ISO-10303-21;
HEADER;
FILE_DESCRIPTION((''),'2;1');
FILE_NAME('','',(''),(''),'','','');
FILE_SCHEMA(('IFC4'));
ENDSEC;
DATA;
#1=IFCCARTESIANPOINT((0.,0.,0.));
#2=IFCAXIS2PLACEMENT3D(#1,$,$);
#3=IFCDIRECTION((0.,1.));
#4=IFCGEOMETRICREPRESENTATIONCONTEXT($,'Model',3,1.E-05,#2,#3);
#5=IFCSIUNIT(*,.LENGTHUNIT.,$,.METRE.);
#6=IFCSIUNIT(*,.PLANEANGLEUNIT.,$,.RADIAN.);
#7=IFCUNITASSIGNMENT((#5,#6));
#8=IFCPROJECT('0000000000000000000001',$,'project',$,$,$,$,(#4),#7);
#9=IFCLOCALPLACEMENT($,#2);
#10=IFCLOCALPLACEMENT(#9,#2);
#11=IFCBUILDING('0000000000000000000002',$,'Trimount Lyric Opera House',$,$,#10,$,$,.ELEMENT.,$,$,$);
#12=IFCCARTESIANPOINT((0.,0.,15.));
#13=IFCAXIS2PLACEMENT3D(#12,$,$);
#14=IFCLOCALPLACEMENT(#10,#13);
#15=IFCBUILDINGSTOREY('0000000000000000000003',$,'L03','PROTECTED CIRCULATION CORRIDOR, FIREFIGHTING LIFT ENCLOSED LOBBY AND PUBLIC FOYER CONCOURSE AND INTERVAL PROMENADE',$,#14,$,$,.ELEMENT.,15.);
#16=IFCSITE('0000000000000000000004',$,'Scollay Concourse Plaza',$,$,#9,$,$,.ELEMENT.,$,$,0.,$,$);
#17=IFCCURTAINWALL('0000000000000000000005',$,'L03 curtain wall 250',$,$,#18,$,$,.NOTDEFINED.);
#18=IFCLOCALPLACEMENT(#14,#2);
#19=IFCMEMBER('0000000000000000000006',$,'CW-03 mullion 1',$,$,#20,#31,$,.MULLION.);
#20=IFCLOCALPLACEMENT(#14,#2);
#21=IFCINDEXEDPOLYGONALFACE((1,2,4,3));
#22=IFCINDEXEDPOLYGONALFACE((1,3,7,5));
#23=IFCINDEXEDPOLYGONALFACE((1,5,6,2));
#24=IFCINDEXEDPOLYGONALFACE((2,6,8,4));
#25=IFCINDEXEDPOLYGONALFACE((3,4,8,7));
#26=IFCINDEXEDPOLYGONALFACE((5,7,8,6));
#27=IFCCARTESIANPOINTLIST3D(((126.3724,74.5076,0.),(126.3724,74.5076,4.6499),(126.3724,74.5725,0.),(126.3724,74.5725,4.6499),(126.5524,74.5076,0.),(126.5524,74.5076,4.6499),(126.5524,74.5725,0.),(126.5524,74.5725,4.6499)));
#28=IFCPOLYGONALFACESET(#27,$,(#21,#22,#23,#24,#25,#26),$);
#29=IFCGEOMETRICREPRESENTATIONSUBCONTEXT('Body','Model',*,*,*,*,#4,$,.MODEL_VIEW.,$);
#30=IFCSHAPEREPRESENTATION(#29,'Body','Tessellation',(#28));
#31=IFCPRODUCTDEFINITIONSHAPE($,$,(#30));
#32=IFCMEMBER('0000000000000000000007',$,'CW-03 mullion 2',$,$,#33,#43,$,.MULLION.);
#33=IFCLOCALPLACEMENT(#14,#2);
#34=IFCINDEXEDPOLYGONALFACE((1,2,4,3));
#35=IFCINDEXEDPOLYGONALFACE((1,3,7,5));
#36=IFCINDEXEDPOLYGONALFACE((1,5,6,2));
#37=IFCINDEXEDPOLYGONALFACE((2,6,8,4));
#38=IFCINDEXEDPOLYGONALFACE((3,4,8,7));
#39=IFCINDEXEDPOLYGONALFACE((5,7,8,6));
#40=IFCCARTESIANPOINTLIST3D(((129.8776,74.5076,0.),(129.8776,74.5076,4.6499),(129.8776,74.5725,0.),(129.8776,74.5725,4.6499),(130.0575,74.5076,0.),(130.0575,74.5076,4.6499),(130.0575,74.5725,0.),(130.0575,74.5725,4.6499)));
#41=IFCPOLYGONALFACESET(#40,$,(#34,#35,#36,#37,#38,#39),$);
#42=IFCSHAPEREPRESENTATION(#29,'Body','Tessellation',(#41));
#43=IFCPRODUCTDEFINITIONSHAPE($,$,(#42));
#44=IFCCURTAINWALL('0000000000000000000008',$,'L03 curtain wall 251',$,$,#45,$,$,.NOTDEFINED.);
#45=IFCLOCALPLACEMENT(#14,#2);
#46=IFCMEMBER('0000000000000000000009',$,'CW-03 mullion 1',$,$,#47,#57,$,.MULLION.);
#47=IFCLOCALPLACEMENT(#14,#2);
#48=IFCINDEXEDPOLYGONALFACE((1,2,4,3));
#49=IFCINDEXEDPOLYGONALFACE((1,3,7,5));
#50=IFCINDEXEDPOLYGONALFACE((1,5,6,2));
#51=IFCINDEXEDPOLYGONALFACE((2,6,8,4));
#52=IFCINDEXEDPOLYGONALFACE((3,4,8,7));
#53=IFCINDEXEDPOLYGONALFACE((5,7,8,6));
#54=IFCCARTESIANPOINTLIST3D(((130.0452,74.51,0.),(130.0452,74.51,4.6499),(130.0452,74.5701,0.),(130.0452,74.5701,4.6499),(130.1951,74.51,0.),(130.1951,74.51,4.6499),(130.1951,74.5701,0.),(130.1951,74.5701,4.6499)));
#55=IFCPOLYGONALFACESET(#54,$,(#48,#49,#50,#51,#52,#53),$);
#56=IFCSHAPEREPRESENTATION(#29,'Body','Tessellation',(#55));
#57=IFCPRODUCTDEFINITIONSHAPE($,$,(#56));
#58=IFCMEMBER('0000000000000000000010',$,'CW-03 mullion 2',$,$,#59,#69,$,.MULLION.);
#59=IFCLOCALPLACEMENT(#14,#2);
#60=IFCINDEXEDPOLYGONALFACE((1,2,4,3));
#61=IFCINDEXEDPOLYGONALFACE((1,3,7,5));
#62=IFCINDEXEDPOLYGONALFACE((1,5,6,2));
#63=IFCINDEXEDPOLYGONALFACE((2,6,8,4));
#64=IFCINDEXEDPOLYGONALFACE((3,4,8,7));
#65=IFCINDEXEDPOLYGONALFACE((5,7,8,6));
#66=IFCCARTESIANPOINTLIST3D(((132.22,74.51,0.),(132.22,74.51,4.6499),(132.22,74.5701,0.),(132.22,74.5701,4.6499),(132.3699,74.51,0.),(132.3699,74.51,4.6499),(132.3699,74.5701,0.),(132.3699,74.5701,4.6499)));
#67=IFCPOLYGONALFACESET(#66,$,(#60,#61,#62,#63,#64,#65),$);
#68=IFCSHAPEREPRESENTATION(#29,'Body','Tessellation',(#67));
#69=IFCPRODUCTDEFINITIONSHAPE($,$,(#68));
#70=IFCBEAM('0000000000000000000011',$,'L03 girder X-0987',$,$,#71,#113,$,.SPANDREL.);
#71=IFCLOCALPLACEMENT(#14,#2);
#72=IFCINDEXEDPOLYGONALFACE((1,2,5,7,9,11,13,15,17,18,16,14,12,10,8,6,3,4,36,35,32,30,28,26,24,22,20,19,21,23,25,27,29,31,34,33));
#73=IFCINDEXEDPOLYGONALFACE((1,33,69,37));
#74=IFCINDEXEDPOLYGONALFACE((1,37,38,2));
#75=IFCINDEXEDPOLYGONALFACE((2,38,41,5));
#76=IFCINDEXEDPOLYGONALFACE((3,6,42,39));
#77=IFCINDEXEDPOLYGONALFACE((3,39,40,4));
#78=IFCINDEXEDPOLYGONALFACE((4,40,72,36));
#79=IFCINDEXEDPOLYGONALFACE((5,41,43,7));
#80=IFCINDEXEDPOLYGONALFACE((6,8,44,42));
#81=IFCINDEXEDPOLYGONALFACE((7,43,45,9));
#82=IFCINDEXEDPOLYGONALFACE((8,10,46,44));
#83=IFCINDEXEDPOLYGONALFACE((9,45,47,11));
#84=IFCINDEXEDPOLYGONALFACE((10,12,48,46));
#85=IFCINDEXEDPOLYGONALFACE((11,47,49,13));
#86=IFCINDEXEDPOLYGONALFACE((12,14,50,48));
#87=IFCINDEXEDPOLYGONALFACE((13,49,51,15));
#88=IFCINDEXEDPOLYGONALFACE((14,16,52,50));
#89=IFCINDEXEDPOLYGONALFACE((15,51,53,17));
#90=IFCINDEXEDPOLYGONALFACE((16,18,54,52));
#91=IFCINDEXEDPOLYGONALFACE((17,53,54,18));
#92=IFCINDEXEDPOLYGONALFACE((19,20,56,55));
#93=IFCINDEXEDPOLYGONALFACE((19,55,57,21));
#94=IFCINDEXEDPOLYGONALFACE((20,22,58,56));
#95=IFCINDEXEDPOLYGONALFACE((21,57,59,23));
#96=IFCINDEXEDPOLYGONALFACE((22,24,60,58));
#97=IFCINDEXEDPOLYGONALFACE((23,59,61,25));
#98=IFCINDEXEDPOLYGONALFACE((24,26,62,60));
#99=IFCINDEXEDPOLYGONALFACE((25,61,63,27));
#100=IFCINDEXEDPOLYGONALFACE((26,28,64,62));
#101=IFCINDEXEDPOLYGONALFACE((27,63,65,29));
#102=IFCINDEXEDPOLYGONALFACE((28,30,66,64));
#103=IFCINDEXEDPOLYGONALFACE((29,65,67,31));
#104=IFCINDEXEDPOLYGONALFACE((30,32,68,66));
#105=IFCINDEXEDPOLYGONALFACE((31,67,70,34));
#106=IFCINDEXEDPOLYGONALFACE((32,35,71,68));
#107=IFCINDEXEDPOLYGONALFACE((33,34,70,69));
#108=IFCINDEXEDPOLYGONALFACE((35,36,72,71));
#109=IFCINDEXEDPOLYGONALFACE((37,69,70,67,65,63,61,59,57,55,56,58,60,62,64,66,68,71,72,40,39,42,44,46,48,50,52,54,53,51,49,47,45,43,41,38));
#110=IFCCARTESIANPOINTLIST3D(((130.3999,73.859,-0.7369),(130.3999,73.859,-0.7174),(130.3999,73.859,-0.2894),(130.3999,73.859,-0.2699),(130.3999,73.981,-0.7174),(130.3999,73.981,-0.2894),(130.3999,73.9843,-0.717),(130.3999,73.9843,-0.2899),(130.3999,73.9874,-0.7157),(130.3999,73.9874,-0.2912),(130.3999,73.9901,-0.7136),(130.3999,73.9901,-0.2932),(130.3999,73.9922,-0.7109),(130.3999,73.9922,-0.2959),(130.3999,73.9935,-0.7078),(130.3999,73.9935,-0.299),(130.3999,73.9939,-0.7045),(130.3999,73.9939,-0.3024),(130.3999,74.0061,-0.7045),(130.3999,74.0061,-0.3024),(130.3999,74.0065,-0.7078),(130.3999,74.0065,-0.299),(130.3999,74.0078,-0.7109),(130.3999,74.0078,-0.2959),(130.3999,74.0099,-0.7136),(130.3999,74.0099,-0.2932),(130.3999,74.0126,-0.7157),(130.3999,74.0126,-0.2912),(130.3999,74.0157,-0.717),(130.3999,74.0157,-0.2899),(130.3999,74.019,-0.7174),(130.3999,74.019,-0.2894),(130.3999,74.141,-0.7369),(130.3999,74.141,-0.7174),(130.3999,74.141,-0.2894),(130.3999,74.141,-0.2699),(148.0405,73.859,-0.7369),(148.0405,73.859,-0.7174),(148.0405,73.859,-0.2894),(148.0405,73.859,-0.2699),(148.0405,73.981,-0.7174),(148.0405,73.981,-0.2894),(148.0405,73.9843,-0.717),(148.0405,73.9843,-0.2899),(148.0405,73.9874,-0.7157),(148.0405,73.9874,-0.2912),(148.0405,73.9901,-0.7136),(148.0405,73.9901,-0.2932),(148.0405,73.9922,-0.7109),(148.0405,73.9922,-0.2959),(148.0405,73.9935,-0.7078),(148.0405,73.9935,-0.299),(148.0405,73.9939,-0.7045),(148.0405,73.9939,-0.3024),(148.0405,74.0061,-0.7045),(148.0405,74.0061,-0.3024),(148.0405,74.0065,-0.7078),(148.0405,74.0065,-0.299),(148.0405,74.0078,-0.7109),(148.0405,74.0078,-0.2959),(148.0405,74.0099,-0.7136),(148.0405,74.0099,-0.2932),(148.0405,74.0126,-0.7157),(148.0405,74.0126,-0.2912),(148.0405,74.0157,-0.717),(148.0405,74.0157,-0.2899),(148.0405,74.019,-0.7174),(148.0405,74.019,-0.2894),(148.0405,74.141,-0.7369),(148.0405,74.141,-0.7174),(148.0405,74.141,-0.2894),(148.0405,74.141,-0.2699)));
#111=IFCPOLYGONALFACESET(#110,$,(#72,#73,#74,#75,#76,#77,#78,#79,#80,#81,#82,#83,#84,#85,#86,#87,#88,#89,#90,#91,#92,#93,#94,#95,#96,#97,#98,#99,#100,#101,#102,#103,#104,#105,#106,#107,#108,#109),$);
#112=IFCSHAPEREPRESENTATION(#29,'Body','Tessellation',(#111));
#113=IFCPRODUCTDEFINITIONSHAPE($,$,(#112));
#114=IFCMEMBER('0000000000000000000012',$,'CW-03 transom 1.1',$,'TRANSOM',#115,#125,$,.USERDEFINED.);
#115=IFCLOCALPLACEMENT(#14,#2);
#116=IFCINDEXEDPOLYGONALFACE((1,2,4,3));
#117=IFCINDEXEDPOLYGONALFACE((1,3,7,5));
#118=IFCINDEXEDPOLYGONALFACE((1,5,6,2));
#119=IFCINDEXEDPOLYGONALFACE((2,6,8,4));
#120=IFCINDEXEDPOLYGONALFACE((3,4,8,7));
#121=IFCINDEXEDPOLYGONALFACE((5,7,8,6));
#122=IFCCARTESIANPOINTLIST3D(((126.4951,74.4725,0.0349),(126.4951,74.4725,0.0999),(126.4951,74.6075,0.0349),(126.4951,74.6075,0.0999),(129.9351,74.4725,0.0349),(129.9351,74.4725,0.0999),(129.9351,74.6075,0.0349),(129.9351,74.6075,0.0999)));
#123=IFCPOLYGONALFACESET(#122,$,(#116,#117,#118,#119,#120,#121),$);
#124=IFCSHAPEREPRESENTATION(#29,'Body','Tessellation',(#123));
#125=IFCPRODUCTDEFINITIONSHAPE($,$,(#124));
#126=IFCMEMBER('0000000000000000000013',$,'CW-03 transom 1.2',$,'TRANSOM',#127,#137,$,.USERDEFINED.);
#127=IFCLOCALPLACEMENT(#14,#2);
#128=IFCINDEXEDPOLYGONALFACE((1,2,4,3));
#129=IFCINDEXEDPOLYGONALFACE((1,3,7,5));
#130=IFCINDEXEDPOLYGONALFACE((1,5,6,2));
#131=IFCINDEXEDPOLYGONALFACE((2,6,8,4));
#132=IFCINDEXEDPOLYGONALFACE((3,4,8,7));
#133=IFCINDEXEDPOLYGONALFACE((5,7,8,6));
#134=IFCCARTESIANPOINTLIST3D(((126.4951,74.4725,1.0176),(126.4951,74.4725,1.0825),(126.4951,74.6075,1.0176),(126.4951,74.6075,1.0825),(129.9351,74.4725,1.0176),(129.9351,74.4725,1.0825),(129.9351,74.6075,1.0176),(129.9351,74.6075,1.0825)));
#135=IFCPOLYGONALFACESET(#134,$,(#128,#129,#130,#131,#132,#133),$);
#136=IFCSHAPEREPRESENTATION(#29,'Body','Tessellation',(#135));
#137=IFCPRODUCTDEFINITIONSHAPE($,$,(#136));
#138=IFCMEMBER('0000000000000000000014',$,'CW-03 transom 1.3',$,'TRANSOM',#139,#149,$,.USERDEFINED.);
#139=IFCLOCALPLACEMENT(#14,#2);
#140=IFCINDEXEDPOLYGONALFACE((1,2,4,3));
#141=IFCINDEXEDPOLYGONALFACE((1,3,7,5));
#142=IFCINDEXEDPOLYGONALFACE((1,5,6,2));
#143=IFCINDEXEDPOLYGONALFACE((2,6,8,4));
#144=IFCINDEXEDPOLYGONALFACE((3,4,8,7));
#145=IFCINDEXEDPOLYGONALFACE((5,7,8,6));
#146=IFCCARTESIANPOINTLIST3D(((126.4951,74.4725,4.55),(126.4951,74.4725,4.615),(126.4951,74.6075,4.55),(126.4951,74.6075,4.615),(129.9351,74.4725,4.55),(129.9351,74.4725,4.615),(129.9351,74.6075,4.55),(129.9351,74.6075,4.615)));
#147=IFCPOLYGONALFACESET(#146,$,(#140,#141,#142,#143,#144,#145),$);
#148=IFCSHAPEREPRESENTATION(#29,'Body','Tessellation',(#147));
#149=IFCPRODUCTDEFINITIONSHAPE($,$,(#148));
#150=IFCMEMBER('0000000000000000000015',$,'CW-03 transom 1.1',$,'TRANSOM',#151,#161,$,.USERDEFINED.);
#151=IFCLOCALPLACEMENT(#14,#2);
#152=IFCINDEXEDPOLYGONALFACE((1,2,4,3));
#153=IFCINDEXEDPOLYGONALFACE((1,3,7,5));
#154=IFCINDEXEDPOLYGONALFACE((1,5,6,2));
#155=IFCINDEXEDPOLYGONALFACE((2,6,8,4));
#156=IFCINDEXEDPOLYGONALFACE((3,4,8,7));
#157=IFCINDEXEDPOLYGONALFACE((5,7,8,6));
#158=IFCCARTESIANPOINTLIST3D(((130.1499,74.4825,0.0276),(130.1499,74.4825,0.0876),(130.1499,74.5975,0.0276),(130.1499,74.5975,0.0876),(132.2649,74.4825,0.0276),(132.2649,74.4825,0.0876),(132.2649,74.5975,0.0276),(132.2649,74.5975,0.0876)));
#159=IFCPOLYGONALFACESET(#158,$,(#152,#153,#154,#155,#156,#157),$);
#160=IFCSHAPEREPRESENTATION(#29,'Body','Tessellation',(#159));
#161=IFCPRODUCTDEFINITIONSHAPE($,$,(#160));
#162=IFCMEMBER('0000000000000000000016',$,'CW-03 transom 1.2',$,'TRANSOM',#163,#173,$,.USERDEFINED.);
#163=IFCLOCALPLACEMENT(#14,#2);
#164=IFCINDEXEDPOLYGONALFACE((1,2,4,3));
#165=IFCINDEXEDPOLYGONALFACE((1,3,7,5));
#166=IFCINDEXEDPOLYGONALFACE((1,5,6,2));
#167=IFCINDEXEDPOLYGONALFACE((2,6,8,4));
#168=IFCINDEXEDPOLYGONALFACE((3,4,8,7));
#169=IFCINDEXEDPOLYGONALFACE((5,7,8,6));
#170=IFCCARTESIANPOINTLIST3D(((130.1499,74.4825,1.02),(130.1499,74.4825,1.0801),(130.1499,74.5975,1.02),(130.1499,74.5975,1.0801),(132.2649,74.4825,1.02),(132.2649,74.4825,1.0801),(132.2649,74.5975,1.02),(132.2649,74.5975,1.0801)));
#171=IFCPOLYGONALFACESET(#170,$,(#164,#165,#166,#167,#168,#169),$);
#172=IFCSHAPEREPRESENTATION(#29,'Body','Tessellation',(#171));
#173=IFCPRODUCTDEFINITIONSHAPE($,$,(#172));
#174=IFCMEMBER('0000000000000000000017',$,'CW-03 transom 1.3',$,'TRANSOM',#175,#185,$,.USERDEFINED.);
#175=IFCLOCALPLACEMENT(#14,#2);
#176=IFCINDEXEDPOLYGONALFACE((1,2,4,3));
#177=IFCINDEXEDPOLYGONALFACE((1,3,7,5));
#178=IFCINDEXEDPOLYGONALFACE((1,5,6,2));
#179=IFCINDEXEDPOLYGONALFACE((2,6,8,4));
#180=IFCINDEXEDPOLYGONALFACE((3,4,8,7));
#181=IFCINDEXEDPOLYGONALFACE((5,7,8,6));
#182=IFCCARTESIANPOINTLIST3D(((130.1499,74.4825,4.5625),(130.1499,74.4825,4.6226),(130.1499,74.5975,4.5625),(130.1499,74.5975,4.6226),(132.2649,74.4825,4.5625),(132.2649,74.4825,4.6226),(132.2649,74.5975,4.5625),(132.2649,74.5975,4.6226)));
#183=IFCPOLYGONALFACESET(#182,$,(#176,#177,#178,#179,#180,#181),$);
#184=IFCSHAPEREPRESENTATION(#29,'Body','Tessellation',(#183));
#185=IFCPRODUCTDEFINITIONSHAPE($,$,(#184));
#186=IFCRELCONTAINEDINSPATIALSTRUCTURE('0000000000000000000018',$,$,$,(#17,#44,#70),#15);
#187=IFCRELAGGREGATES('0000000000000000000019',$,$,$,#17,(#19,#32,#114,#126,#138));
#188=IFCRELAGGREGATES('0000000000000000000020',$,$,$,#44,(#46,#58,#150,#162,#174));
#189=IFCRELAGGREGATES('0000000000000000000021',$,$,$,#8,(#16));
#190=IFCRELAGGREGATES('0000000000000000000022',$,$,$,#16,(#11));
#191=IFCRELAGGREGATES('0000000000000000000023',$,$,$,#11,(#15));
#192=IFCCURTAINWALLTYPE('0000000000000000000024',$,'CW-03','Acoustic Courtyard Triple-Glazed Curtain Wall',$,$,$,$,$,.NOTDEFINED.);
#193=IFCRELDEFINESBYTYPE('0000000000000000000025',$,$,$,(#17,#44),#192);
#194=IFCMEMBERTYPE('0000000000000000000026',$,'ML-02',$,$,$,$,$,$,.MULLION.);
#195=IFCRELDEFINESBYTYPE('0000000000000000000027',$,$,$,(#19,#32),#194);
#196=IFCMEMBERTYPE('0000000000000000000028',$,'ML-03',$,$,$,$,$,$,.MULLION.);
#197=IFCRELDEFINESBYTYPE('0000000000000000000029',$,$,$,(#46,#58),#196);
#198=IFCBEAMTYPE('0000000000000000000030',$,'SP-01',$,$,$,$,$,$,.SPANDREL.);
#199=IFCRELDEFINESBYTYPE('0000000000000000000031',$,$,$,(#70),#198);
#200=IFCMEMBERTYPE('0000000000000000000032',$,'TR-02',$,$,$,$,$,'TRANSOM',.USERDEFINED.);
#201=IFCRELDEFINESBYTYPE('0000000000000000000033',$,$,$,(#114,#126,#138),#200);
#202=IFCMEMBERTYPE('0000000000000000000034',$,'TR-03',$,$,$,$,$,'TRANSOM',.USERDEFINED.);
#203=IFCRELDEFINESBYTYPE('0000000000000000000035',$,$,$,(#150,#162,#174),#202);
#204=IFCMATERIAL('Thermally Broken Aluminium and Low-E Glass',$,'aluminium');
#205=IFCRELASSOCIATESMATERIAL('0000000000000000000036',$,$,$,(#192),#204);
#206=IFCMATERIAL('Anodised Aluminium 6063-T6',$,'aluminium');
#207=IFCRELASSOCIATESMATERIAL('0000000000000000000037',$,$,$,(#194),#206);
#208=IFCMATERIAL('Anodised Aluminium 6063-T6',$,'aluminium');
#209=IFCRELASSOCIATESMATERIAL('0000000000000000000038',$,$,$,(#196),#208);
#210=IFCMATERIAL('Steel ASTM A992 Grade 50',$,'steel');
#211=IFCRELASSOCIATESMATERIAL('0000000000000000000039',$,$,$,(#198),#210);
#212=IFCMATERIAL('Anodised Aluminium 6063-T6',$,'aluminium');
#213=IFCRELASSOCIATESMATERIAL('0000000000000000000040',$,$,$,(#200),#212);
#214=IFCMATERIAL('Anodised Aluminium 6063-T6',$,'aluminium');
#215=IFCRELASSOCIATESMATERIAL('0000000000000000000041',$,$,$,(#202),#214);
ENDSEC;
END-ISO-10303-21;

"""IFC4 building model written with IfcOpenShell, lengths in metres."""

from ifc_helpers import new_model, si_unit, direction, frame, origin, origin_2d, place, context, subcontext, project, spatial, rectangle, i_section, extrude, material, material_profile, profile_set, type_object, element, aggregate, save


model = new_model("IFC4")

# Units and contexts
model_context = context("Model", 3, precision=1e-05, world=origin(), true_north=direction((0.0, 1.0)))
body_context = subcontext(model_context, "Body", "Model", "MODEL_VIEW")
ifc_project = project(units=[si_unit("LENGTHUNIT", "METRE"), si_unit("PLANEANGLEUNIT", "RADIAN")], contexts=[model_context])

# Site, building, storey
site_placement = place(None, origin())
site = spatial("IfcSite", under=ifc_project, at=site_placement, Name="Scollay Concourse Plaza", CompositionType="ELEMENT", RefElevation=0.0)
building_placement = place(site_placement, origin())
building = spatial("IfcBuilding", under=site, at=building_placement, Name="Trimount Lyric Opera House", CompositionType="ELEMENT")
storey_placement = place(building_placement, frame((0.0, 0.0, 15.0)))
storey = spatial("IfcBuildingStorey", under=building, at=storey_placement, Name="L03", Description="PROTECTED CIRCULATION CORRIDOR, FIREFIGHTING LIFT ENCLOSED LOBBY AND PUBLIC FOYER CONCOURSE AND INTERVAL PROMENADE", CompositionType="ELEMENT", Elevation=15.0)

# Shared definitions
ifc_material_1 = material(Name="Thermally Broken Aluminium and Low-E Glass", Category="aluminium")
curtain_wall_type = type_object("IfcCurtainWallType", Name="CW-03", Description="Acoustic Courtyard Triple-Glazed Curtain Wall", PredefinedType="NOTDEFINED", material=ifc_material_1)

# Curtain walls, members
curtain_wall_1_placement = place(storey_placement, origin())
curtain_wall_1 = element("IfcCurtainWall", 1, at=curtain_wall_1_placement, inside=storey, type_object=curtain_wall_type, Name="L03 curtain wall 250", PredefinedType="NOTDEFINED")
ifc_material_2 = material(Name="Anodised Aluminium 6063-T6", Category="aluminium")
ifc_material_profile_1 = material_profile(ifc_material_2, rectangle(XDim=0.0649, YDim=0.1799, at=origin_2d()), Name="ALU-MULL-65X180")
ifc_profile_set_1 = profile_set([ifc_material_profile_1], Name="Anodised Aluminium 6063-T6")
member_type_1 = type_object("IfcMemberType", Name="ML-02", PredefinedType="MULLION", material=ifc_profile_set_1)
member_1_placement = place(storey_placement, frame((126.4624, 74.54, 0.0), z_axis=(0.0, 0.0, 1.0), x_axis=(0.0, 1.0, 0.0)))
member_1 = element("IfcMember", 2, at=member_1_placement, type_object=member_type_1, Name="CW-03 mullion 1", PredefinedType="MULLION", context=body_context, shape_type="SweptSolid", body=[
    extrude(rectangle(XDim=0.0649, YDim=0.1799, at=origin_2d()), origin(), (0.0, 0.0, 1.0), 4.6499),
])
member_2_placement = place(storey_placement, frame((129.9675, 74.54, 0.0), z_axis=(0.0, 0.0, 1.0), x_axis=(0.0, 1.0, 0.0)))
member_2 = element("IfcMember", 3, at=member_2_placement, type_object=member_type_1, Name="CW-03 mullion 2", PredefinedType="MULLION", context=body_context, shape_type="SweptSolid", body=[
    extrude(rectangle(XDim=0.0649, YDim=0.1799, at=origin_2d()), origin(), (0.0, 0.0, 1.0), 4.6499),
])
curtain_wall_2_placement = place(storey_placement, origin())
curtain_wall_2 = element("IfcCurtainWall", 4, at=curtain_wall_2_placement, inside=storey, type_object=curtain_wall_type, Name="L03 curtain wall 251", PredefinedType="NOTDEFINED")
ifc_material_3 = material(Name="Anodised Aluminium 6063-T6", Category="aluminium")
ifc_material_profile_2 = material_profile(ifc_material_3, rectangle(XDim=0.0601, YDim=0.1499, at=origin_2d()), Name="ALU-MULL-60X150")
ifc_profile_set_2 = profile_set([ifc_material_profile_2], Name="Anodised Aluminium 6063-T6")
member_type_2 = type_object("IfcMemberType", Name="ML-03", PredefinedType="MULLION", material=ifc_profile_set_2)
member_3_placement = place(storey_placement, frame((130.1201, 74.54, 0.0), z_axis=(0.0, 0.0, 1.0), x_axis=(0.0, 1.0, 0.0)))
member_3 = element("IfcMember", 5, at=member_3_placement, type_object=member_type_2, Name="CW-03 mullion 1", PredefinedType="MULLION", context=body_context, shape_type="SweptSolid", body=[
    extrude(rectangle(XDim=0.0601, YDim=0.1499, at=origin_2d()), origin(), (0.0, 0.0, 1.0), 4.6499),
])
member_4_placement = place(storey_placement, frame((132.2949, 74.54, 0.0), z_axis=(0.0, 0.0, 1.0), x_axis=(0.0, 1.0, 0.0)))
member_4 = element("IfcMember", 6, at=member_4_placement, type_object=member_type_2, Name="CW-03 mullion 2", PredefinedType="MULLION", context=body_context, shape_type="SweptSolid", body=[
    extrude(rectangle(XDim=0.0601, YDim=0.1499, at=origin_2d()), origin(), (0.0, 0.0, 1.0), 4.6499),
])

# Beam
ifc_material_4 = material(Name="Steel ASTM A992 Grade 50", Category="steel")
ifc_material_profile_3 = material_profile(ifc_material_4, i_section(OverallWidth=0.282, OverallDepth=0.467, WebThickness=0.0122, FlangeThickness=0.0195, FilletRadius=0.0129, at=origin_2d()), Name="W18X86")
ifc_profile_set_3 = profile_set([ifc_material_profile_3], Name="Steel ASTM A992 Grade 50")
beam_type_1 = type_object("IfcBeamType", Name="SP-01", PredefinedType="SPANDREL", material=ifc_profile_set_3)
beam_1_placement = place(storey_placement, frame((130.3999, 74.0, -0.5034), z_axis=(1.0, 0.0, 0.0), x_axis=(0.0, 1.0, 0.0)))
element("IfcBeam", 7, at=beam_1_placement, inside=storey, type_object=beam_type_1, Name="L03 girder X-0987", PredefinedType="SPANDREL", context=body_context, shape_type="SweptSolid", body=[
    extrude(i_section(OverallWidth=0.282, OverallDepth=0.467, WebThickness=0.0122, FlangeThickness=0.0195, FilletRadius=0.0129, at=origin_2d()), origin(), (0.0, 0.0, 1.0), 17.6406),
])

# Members
ifc_material_5 = material(Name="Anodised Aluminium 6063-T6", Category="aluminium")
ifc_material_profile_4 = material_profile(ifc_material_5, rectangle(XDim=0.135, YDim=0.0649, at=origin_2d()), Name="ALU-TRAN-65X135")
ifc_profile_set_4 = profile_set([ifc_material_profile_4], Name="Anodised Aluminium 6063-T6")
member_type_3 = type_object("IfcMemberType", Name="TR-02", ElementType="TRANSOM", PredefinedType="USERDEFINED", material=ifc_profile_set_4)
member_5_placement = place(storey_placement, frame((126.4951, 74.54, 0.0674), z_axis=(1.0, 0.0, 0.0), x_axis=(0.0, 1.0, 0.0)))
member_5 = element("IfcMember", 8, at=member_5_placement, type_object=member_type_3, Name="CW-03 transom 1.1", ObjectType="TRANSOM", PredefinedType="USERDEFINED", context=body_context, shape_type="SweptSolid", body=[
    extrude(rectangle(XDim=0.135, YDim=0.0649, at=origin_2d()), origin(), (0.0, 0.0, 1.0), 3.4399),
])
member_6_placement = place(storey_placement, frame((126.4951, 74.54, 1.05), z_axis=(1.0, 0.0, 0.0), x_axis=(0.0, 1.0, 0.0)))
member_6 = element("IfcMember", 9, at=member_6_placement, type_object=member_type_3, Name="CW-03 transom 1.2", ObjectType="TRANSOM", PredefinedType="USERDEFINED", context=body_context, shape_type="SweptSolid", body=[
    extrude(rectangle(XDim=0.135, YDim=0.0649, at=origin_2d()), origin(), (0.0, 0.0, 1.0), 3.4399),
])
member_7_placement = place(storey_placement, frame((126.4951, 74.54, 4.5825), z_axis=(1.0, 0.0, 0.0), x_axis=(0.0, 1.0, 0.0)))
member_7 = element("IfcMember", 10, at=member_7_placement, type_object=member_type_3, Name="CW-03 transom 1.3", ObjectType="TRANSOM", PredefinedType="USERDEFINED", context=body_context, shape_type="SweptSolid", body=[
    extrude(rectangle(XDim=0.135, YDim=0.0649, at=origin_2d()), origin(), (0.0, 0.0, 1.0), 3.4399),
])
ifc_material_6 = material(Name="Anodised Aluminium 6063-T6", Category="aluminium")
ifc_material_profile_5 = material_profile(ifc_material_6, rectangle(XDim=0.115, YDim=0.0601, at=origin_2d()), Name="ALU-TRAN-60X115")
ifc_profile_set_5 = profile_set([ifc_material_profile_5], Name="Anodised Aluminium 6063-T6")
member_type_4 = type_object("IfcMemberType", Name="TR-03", ElementType="TRANSOM", PredefinedType="USERDEFINED", material=ifc_profile_set_5)
member_8_placement = place(storey_placement, frame((130.1499, 74.54, 0.0576), z_axis=(1.0, 0.0, 0.0), x_axis=(0.0, 1.0, 0.0)))
member_8 = element("IfcMember", 11, at=member_8_placement, type_object=member_type_4, Name="CW-03 transom 1.1", ObjectType="TRANSOM", PredefinedType="USERDEFINED", context=body_context, shape_type="SweptSolid", body=[
    extrude(rectangle(XDim=0.115, YDim=0.0601, at=origin_2d()), origin(), (0.0, 0.0, 1.0), 2.115),
])
member_9_placement = place(storey_placement, frame((130.1499, 74.54, 1.05), z_axis=(1.0, 0.0, 0.0), x_axis=(0.0, 1.0, 0.0)))
member_9 = element("IfcMember", 12, at=member_9_placement, type_object=member_type_4, Name="CW-03 transom 1.2", ObjectType="TRANSOM", PredefinedType="USERDEFINED", context=body_context, shape_type="SweptSolid", body=[
    extrude(rectangle(XDim=0.115, YDim=0.0601, at=origin_2d()), origin(), (0.0, 0.0, 1.0), 2.115),
])
member_10_placement = place(storey_placement, frame((130.1499, 74.54, 4.5925), z_axis=(1.0, 0.0, 0.0), x_axis=(0.0, 1.0, 0.0)))
member_10 = element("IfcMember", 13, at=member_10_placement, type_object=member_type_4, Name="CW-03 transom 1.3", ObjectType="TRANSOM", PredefinedType="USERDEFINED", context=body_context, shape_type="SweptSolid", body=[
    extrude(rectangle(XDim=0.115, YDim=0.0601, at=origin_2d()), origin(), (0.0, 0.0, 1.0), 2.115),
])

aggregate(curtain_wall_1, [member_1, member_2, member_5, member_6, member_7])
aggregate(curtain_wall_2, [member_3, member_4, member_8, member_9, member_10])

save(model, "model.ifc")
